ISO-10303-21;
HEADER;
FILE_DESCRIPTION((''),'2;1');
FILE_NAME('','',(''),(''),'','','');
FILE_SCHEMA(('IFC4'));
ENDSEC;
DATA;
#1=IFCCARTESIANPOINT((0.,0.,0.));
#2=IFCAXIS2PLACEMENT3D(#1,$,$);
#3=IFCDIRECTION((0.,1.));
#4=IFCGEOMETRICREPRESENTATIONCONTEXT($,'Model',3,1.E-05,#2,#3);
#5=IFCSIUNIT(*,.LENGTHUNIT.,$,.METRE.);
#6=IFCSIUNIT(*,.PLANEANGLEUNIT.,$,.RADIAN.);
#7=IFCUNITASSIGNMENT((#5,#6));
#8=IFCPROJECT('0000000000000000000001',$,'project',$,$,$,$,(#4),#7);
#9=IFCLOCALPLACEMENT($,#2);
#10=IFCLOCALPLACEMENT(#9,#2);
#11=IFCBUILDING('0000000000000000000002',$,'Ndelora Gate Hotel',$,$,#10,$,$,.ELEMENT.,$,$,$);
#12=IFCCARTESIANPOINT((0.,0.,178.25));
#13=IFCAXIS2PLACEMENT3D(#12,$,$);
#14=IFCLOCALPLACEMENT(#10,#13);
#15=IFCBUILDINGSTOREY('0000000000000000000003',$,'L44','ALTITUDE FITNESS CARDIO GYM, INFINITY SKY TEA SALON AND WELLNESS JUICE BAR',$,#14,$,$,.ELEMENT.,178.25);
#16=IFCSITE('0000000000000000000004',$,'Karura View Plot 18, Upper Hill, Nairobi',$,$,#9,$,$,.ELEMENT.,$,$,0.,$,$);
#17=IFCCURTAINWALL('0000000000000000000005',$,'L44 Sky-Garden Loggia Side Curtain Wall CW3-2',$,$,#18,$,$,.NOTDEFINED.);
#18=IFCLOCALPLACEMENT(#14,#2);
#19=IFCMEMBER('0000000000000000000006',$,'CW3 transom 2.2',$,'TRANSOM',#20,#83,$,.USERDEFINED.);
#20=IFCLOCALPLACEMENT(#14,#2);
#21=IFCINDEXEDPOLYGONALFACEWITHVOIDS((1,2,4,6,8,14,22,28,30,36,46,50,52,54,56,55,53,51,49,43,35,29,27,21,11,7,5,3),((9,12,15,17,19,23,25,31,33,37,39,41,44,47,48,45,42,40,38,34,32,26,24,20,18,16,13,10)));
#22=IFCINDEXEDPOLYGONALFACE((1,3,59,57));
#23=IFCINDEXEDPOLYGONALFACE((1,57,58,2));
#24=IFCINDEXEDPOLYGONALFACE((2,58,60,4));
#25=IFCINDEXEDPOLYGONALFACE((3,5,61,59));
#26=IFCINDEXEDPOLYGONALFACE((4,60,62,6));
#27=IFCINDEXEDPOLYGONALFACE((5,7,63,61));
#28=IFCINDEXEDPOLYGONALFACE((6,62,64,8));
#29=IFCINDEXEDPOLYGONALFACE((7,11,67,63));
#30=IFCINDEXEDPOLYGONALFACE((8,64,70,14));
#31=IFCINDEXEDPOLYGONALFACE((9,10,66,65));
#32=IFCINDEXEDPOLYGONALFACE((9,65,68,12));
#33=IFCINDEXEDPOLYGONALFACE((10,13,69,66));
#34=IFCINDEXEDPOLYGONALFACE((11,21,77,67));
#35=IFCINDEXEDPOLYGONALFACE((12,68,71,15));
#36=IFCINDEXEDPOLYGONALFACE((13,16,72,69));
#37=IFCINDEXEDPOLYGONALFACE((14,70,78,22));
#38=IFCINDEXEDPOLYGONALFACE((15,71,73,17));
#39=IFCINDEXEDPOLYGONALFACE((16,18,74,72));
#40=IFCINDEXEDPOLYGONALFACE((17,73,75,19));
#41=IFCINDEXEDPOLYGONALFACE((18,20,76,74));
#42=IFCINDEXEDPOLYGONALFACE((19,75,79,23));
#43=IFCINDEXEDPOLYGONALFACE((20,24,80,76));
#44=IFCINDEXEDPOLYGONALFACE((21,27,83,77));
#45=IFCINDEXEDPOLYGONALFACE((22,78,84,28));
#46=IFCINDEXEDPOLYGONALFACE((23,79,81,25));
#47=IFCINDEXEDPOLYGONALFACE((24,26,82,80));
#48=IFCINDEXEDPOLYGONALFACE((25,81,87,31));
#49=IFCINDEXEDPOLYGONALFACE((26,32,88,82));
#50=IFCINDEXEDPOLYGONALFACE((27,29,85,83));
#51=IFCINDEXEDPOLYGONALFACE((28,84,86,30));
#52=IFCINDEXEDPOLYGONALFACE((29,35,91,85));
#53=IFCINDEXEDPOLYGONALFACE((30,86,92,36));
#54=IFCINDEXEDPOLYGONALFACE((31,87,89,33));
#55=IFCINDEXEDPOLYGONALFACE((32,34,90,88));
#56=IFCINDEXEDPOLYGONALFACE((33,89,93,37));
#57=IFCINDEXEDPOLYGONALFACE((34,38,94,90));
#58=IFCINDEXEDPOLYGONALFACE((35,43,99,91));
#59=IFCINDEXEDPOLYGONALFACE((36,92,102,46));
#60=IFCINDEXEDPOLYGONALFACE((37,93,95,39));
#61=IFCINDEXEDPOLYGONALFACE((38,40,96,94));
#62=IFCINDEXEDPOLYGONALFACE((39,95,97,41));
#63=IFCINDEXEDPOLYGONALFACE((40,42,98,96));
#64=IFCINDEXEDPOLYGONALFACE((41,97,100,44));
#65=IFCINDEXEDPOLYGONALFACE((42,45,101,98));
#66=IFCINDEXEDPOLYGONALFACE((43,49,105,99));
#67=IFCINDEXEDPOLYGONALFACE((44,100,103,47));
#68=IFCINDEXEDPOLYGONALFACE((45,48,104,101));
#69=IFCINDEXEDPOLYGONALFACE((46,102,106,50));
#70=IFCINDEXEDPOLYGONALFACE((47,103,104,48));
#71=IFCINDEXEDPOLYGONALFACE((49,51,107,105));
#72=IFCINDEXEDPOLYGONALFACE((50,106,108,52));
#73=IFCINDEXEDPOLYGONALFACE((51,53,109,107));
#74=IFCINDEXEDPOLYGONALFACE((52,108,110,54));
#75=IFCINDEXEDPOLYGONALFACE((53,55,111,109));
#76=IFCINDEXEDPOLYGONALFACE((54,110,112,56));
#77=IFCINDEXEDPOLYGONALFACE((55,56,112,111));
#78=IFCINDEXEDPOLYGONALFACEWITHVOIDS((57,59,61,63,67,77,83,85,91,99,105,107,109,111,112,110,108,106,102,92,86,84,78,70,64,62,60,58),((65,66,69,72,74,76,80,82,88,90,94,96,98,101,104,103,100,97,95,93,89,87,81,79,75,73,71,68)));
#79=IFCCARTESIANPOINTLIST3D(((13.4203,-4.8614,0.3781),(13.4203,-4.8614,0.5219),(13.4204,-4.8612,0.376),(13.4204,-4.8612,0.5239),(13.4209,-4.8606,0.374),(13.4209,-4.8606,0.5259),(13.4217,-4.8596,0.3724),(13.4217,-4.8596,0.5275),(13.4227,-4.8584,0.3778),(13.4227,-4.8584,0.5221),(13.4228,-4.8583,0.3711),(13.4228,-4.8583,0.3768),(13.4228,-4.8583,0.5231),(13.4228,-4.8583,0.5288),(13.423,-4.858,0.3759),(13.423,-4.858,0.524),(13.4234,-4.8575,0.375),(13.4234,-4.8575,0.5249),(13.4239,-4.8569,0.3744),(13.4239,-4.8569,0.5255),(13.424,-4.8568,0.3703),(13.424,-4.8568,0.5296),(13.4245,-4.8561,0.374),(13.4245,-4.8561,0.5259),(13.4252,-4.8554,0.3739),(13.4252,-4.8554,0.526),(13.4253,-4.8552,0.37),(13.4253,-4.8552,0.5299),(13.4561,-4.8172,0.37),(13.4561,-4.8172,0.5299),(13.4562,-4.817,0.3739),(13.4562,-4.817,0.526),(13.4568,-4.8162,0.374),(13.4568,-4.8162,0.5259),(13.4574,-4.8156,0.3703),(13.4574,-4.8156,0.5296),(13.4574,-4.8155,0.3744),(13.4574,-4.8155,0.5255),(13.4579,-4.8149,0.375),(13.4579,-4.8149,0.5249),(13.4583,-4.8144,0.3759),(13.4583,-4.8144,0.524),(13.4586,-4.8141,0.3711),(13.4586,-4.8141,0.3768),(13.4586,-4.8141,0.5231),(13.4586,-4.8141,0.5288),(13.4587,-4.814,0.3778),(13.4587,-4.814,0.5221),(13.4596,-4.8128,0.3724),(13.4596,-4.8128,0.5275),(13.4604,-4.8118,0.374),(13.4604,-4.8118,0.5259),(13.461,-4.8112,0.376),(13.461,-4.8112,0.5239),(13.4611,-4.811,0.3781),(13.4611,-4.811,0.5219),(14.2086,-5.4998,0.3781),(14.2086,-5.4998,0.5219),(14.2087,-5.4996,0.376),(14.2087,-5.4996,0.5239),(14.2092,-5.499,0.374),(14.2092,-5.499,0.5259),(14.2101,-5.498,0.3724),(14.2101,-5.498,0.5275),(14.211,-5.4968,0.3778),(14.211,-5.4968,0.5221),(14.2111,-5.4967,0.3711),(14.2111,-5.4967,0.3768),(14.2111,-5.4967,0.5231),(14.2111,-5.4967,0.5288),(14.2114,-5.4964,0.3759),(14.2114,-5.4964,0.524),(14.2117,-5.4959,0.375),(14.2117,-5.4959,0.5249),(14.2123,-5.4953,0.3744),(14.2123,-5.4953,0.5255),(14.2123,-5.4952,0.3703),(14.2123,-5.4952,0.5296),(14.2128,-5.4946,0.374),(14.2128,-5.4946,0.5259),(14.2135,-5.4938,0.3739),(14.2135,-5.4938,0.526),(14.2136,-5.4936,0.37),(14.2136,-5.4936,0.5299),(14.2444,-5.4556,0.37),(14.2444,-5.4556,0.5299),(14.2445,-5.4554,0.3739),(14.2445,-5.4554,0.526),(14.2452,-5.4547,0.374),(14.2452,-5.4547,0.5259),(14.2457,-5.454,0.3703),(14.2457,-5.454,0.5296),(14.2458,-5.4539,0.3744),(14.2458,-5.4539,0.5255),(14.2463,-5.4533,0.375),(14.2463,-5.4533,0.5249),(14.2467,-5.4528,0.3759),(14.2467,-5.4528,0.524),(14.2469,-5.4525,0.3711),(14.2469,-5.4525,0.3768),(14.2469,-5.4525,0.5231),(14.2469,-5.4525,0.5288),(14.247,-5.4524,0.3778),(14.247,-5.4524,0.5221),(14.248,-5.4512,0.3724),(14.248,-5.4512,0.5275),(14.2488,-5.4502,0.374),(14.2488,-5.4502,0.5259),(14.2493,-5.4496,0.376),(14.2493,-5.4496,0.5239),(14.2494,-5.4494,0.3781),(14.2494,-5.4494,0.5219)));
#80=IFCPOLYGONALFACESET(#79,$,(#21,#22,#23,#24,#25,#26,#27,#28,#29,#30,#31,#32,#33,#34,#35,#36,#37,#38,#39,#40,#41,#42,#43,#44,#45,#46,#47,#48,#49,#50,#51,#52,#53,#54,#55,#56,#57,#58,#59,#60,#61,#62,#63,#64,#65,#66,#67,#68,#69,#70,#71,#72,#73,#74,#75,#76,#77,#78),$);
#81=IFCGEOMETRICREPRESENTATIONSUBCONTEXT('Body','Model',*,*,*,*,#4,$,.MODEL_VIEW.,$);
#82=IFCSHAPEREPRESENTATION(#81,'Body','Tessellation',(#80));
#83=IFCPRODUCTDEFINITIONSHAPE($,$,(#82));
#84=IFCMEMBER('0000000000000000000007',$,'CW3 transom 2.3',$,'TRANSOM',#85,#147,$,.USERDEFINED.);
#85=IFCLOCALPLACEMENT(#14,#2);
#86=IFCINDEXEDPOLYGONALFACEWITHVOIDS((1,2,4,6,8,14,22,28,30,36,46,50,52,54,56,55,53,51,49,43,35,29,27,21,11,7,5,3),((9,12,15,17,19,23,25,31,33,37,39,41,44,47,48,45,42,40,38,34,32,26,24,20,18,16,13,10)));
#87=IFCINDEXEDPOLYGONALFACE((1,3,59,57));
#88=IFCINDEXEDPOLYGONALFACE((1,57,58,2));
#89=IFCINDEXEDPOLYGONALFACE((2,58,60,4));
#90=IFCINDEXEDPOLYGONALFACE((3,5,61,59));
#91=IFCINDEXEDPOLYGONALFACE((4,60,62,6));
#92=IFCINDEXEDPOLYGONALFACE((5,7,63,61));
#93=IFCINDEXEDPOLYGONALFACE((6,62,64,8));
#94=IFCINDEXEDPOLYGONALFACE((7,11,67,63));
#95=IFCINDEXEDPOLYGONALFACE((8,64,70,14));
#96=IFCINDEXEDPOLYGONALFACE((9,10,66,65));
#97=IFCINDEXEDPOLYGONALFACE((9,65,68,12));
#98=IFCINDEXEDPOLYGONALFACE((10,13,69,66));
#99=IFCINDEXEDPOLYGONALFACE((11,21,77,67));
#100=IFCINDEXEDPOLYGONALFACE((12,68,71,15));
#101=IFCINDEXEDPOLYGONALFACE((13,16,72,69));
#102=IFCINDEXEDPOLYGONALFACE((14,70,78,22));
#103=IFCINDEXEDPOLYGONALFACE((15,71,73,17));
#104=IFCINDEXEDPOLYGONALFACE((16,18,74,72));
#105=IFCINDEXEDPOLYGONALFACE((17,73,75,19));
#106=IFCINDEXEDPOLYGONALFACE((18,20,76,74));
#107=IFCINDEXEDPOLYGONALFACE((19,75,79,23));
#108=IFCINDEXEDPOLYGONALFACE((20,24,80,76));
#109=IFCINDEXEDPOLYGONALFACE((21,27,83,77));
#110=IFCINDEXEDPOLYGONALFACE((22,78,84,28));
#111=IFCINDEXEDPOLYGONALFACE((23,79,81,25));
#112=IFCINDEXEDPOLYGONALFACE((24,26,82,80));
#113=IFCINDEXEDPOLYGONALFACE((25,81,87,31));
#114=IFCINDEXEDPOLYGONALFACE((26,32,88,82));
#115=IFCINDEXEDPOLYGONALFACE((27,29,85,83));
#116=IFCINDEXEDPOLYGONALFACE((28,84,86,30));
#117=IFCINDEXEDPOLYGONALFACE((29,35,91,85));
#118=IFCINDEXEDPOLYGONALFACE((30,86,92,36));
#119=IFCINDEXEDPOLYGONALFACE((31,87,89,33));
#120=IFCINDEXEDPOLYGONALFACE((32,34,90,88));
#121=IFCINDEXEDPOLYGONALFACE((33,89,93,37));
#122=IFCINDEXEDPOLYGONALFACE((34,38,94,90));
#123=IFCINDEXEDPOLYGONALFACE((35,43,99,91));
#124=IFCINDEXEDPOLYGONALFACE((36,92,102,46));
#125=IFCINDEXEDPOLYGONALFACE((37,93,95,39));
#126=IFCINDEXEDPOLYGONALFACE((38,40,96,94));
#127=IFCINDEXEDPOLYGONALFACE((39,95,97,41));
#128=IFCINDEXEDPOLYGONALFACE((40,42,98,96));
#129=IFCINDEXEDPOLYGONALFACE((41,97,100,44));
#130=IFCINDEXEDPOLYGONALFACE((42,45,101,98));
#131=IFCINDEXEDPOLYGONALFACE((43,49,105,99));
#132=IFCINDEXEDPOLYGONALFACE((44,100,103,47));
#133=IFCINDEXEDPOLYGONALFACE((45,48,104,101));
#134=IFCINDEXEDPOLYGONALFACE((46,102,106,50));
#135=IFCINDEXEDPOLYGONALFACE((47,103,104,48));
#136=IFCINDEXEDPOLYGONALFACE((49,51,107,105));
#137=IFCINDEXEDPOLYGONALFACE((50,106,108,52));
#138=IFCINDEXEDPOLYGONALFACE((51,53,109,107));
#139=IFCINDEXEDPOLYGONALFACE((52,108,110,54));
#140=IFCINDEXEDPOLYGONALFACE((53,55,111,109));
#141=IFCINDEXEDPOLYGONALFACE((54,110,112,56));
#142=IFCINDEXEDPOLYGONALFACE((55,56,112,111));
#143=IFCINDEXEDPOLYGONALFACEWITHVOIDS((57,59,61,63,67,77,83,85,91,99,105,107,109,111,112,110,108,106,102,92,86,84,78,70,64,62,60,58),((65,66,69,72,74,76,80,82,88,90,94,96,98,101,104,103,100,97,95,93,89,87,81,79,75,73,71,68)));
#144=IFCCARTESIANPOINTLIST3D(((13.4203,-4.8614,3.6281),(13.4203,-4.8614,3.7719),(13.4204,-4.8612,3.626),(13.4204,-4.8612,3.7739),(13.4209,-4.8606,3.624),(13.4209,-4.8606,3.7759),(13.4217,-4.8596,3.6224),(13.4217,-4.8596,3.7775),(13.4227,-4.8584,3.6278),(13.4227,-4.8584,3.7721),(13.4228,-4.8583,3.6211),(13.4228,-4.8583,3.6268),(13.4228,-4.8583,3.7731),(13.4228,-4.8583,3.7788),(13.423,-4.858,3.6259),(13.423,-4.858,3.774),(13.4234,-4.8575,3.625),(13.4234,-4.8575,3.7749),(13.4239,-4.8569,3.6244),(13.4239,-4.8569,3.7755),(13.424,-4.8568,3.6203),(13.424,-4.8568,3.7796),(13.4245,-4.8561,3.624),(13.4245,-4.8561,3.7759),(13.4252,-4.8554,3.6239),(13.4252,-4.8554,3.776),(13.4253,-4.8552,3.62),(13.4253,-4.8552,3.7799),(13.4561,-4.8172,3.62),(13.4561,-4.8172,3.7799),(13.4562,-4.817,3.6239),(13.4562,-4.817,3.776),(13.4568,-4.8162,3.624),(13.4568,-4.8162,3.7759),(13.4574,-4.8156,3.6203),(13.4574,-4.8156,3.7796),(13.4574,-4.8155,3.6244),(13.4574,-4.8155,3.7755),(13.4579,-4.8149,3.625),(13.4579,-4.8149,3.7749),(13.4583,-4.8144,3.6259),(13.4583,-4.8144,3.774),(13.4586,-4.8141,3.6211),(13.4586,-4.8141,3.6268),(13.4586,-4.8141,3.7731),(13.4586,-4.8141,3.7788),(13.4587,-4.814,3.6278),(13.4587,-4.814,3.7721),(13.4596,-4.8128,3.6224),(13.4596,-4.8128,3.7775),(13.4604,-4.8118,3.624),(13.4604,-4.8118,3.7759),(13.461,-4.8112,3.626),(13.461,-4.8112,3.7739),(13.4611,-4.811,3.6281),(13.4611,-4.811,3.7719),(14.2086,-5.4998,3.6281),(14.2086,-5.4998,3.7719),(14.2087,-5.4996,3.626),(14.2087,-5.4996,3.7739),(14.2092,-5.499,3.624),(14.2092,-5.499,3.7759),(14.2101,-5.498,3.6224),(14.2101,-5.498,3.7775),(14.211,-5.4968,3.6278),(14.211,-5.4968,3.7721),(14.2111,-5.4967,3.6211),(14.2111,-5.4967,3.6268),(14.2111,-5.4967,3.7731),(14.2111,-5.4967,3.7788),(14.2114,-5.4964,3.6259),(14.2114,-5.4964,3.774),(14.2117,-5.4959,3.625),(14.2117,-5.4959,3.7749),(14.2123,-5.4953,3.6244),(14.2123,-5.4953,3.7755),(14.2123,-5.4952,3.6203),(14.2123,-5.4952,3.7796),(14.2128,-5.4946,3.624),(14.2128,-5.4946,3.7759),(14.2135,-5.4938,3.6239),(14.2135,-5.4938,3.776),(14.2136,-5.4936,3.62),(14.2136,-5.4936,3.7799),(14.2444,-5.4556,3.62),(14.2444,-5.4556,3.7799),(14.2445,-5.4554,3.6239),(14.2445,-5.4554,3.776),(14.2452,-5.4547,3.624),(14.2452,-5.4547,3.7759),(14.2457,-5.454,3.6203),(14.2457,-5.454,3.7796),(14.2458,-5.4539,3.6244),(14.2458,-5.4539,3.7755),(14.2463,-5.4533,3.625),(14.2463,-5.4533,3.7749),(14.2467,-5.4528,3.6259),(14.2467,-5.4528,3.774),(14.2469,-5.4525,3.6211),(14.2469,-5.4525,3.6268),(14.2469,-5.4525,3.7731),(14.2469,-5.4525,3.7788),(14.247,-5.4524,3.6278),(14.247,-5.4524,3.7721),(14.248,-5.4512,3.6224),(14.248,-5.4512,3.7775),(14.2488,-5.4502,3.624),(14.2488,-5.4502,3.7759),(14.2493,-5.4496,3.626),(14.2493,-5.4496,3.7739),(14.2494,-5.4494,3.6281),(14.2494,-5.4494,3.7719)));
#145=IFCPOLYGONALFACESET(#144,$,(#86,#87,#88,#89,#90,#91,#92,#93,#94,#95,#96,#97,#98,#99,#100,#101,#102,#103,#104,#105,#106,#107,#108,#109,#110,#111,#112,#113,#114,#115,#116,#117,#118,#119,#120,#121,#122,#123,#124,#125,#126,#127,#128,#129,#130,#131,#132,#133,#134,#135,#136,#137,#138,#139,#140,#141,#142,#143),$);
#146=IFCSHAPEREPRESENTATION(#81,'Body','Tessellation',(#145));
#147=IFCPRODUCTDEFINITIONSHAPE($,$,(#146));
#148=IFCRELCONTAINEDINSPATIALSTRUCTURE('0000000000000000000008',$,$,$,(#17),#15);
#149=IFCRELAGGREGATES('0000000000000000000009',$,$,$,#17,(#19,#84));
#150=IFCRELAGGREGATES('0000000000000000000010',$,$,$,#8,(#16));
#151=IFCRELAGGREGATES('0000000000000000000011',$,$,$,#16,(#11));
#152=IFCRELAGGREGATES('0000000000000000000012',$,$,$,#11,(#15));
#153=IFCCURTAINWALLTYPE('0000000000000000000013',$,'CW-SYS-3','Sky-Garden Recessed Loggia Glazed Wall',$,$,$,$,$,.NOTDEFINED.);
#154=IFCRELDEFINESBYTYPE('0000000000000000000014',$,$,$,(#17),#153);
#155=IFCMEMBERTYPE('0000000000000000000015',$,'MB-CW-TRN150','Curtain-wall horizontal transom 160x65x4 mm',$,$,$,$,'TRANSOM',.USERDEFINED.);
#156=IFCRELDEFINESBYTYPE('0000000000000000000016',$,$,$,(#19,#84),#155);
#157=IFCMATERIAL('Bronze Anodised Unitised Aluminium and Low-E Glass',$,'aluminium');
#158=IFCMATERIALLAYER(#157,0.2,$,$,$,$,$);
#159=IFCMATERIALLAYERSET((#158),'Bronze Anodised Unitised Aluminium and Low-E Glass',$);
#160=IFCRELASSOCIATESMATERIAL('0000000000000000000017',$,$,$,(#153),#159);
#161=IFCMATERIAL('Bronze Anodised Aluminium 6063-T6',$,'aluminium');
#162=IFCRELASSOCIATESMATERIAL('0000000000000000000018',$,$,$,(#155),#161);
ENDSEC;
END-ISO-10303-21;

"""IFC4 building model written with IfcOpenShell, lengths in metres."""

from ifc_helpers import new_model, si_unit, direction, frame, origin, origin_2d, place, context, subcontext, project, spatial, hollow_rectangle, extrude, material, layer, layer_set, material_profile, profile_set, type_object, element, aggregate, save


model = new_model("IFC4")

# Units and contexts
model_context = context("Model", 3, precision=1e-05, world=origin(), true_north=direction((0.0, 1.0)))
body_context = subcontext(model_context, "Body", "Model", "MODEL_VIEW")
ifc_project = project(units=[si_unit("LENGTHUNIT", "METRE"), si_unit("PLANEANGLEUNIT", "RADIAN")], contexts=[model_context])

# Site, building, storey
site_placement = place(None, origin())
site = spatial("IfcSite", under=ifc_project, at=site_placement, Name="Karura View Plot 18, Upper Hill, Nairobi", CompositionType="ELEMENT", RefElevation=0.0)
building_placement = place(site_placement, origin())
building = spatial("IfcBuilding", under=site, at=building_placement, Name="Ndelora Gate Hotel", CompositionType="ELEMENT")
storey_placement = place(building_placement, frame((0.0, 0.0, 178.25)))
storey = spatial("IfcBuildingStorey", under=building, at=storey_placement, Name="L44", Description="ALTITUDE FITNESS CARDIO GYM, INFINITY SKY TEA SALON AND WELLNESS JUICE BAR", CompositionType="ELEMENT", Elevation=178.25)

# Curtain wall, members
ifc_material_1 = material(Name="Bronze Anodised Unitised Aluminium and Low-E Glass", Category="aluminium")
ifc_layer_1 = layer(ifc_material_1, 0.2)
ifc_layer_set_1 = layer_set([ifc_layer_1], Name="Bronze Anodised Unitised Aluminium and Low-E Glass")
curtain_wall_type = type_object("IfcCurtainWallType", Name="CW-SYS-3", Description="Sky-Garden Recessed Loggia Glazed Wall", PredefinedType="NOTDEFINED", material=ifc_layer_set_1)
curtain_wall_placement = place(storey_placement, origin())
curtain_wall = element("IfcCurtainWall", 1, at=curtain_wall_placement, inside=storey, type_object=curtain_wall_type, Name="L44 Sky-Garden Loggia Side Curtain Wall CW3-2", PredefinedType="NOTDEFINED")
ifc_material_2 = material(Name="Bronze Anodised Aluminium 6063-T6", Category="aluminium")
ifc_material_profile_1 = material_profile(ifc_material_2, hollow_rectangle(XDim=0.0649, YDim=0.1599, WallThickness=0.0039, InnerFilletRadius=0.0039, OuterFilletRadius=0.0081, at=origin_2d()), Name="ALU 160x65x4")
ifc_profile_set_1 = profile_set([ifc_material_profile_1], Name="Bronze Anodised Aluminium 6063-T6")
member_type_1 = type_object("IfcMemberType", Name="MB-CW-TRN150", Description="Curtain-wall horizontal transom 160x65x4 mm", ElementType="TRANSOM", PredefinedType="USERDEFINED", material=ifc_profile_set_1)
member_1_placement = place(storey_placement, frame((14.229, -5.4746, 0.45), z_axis=(-0.777122, 0.629351, 0.0), x_axis=(-0.629351, -0.777122, 0.0)))
member_1 = element("IfcMember", 2, at=member_1_placement, type_object=member_type_1, Name="CW3 transom 2.2", ObjectType="TRANSOM", PredefinedType="USERDEFINED", context=body_context, shape_type="SweptSolid", body=[
    extrude(hollow_rectangle(XDim=0.0649, YDim=0.1599, WallThickness=0.0039, InnerFilletRadius=0.0039, OuterFilletRadius=0.0081, at=origin_2d()), origin(), (0.0, 0.0, 1.0), 1.0144),
])
member_2_placement = place(storey_placement, frame((14.229, -5.4746, 3.7), z_axis=(-0.777122, 0.629351, 0.0), x_axis=(-0.629351, -0.777122, 0.0)))
member_2 = element("IfcMember", 3, at=member_2_placement, type_object=member_type_1, Name="CW3 transom 2.3", ObjectType="TRANSOM", PredefinedType="USERDEFINED", context=body_context, shape_type="SweptSolid", body=[
    extrude(hollow_rectangle(XDim=0.0649, YDim=0.1599, WallThickness=0.0039, InnerFilletRadius=0.0039, OuterFilletRadius=0.0081, at=origin_2d()), origin(), (0.0, 0.0, 1.0), 1.0144),
])
aggregate(curtain_wall, [member_1, member_2])

save(model, "model.ifc")
